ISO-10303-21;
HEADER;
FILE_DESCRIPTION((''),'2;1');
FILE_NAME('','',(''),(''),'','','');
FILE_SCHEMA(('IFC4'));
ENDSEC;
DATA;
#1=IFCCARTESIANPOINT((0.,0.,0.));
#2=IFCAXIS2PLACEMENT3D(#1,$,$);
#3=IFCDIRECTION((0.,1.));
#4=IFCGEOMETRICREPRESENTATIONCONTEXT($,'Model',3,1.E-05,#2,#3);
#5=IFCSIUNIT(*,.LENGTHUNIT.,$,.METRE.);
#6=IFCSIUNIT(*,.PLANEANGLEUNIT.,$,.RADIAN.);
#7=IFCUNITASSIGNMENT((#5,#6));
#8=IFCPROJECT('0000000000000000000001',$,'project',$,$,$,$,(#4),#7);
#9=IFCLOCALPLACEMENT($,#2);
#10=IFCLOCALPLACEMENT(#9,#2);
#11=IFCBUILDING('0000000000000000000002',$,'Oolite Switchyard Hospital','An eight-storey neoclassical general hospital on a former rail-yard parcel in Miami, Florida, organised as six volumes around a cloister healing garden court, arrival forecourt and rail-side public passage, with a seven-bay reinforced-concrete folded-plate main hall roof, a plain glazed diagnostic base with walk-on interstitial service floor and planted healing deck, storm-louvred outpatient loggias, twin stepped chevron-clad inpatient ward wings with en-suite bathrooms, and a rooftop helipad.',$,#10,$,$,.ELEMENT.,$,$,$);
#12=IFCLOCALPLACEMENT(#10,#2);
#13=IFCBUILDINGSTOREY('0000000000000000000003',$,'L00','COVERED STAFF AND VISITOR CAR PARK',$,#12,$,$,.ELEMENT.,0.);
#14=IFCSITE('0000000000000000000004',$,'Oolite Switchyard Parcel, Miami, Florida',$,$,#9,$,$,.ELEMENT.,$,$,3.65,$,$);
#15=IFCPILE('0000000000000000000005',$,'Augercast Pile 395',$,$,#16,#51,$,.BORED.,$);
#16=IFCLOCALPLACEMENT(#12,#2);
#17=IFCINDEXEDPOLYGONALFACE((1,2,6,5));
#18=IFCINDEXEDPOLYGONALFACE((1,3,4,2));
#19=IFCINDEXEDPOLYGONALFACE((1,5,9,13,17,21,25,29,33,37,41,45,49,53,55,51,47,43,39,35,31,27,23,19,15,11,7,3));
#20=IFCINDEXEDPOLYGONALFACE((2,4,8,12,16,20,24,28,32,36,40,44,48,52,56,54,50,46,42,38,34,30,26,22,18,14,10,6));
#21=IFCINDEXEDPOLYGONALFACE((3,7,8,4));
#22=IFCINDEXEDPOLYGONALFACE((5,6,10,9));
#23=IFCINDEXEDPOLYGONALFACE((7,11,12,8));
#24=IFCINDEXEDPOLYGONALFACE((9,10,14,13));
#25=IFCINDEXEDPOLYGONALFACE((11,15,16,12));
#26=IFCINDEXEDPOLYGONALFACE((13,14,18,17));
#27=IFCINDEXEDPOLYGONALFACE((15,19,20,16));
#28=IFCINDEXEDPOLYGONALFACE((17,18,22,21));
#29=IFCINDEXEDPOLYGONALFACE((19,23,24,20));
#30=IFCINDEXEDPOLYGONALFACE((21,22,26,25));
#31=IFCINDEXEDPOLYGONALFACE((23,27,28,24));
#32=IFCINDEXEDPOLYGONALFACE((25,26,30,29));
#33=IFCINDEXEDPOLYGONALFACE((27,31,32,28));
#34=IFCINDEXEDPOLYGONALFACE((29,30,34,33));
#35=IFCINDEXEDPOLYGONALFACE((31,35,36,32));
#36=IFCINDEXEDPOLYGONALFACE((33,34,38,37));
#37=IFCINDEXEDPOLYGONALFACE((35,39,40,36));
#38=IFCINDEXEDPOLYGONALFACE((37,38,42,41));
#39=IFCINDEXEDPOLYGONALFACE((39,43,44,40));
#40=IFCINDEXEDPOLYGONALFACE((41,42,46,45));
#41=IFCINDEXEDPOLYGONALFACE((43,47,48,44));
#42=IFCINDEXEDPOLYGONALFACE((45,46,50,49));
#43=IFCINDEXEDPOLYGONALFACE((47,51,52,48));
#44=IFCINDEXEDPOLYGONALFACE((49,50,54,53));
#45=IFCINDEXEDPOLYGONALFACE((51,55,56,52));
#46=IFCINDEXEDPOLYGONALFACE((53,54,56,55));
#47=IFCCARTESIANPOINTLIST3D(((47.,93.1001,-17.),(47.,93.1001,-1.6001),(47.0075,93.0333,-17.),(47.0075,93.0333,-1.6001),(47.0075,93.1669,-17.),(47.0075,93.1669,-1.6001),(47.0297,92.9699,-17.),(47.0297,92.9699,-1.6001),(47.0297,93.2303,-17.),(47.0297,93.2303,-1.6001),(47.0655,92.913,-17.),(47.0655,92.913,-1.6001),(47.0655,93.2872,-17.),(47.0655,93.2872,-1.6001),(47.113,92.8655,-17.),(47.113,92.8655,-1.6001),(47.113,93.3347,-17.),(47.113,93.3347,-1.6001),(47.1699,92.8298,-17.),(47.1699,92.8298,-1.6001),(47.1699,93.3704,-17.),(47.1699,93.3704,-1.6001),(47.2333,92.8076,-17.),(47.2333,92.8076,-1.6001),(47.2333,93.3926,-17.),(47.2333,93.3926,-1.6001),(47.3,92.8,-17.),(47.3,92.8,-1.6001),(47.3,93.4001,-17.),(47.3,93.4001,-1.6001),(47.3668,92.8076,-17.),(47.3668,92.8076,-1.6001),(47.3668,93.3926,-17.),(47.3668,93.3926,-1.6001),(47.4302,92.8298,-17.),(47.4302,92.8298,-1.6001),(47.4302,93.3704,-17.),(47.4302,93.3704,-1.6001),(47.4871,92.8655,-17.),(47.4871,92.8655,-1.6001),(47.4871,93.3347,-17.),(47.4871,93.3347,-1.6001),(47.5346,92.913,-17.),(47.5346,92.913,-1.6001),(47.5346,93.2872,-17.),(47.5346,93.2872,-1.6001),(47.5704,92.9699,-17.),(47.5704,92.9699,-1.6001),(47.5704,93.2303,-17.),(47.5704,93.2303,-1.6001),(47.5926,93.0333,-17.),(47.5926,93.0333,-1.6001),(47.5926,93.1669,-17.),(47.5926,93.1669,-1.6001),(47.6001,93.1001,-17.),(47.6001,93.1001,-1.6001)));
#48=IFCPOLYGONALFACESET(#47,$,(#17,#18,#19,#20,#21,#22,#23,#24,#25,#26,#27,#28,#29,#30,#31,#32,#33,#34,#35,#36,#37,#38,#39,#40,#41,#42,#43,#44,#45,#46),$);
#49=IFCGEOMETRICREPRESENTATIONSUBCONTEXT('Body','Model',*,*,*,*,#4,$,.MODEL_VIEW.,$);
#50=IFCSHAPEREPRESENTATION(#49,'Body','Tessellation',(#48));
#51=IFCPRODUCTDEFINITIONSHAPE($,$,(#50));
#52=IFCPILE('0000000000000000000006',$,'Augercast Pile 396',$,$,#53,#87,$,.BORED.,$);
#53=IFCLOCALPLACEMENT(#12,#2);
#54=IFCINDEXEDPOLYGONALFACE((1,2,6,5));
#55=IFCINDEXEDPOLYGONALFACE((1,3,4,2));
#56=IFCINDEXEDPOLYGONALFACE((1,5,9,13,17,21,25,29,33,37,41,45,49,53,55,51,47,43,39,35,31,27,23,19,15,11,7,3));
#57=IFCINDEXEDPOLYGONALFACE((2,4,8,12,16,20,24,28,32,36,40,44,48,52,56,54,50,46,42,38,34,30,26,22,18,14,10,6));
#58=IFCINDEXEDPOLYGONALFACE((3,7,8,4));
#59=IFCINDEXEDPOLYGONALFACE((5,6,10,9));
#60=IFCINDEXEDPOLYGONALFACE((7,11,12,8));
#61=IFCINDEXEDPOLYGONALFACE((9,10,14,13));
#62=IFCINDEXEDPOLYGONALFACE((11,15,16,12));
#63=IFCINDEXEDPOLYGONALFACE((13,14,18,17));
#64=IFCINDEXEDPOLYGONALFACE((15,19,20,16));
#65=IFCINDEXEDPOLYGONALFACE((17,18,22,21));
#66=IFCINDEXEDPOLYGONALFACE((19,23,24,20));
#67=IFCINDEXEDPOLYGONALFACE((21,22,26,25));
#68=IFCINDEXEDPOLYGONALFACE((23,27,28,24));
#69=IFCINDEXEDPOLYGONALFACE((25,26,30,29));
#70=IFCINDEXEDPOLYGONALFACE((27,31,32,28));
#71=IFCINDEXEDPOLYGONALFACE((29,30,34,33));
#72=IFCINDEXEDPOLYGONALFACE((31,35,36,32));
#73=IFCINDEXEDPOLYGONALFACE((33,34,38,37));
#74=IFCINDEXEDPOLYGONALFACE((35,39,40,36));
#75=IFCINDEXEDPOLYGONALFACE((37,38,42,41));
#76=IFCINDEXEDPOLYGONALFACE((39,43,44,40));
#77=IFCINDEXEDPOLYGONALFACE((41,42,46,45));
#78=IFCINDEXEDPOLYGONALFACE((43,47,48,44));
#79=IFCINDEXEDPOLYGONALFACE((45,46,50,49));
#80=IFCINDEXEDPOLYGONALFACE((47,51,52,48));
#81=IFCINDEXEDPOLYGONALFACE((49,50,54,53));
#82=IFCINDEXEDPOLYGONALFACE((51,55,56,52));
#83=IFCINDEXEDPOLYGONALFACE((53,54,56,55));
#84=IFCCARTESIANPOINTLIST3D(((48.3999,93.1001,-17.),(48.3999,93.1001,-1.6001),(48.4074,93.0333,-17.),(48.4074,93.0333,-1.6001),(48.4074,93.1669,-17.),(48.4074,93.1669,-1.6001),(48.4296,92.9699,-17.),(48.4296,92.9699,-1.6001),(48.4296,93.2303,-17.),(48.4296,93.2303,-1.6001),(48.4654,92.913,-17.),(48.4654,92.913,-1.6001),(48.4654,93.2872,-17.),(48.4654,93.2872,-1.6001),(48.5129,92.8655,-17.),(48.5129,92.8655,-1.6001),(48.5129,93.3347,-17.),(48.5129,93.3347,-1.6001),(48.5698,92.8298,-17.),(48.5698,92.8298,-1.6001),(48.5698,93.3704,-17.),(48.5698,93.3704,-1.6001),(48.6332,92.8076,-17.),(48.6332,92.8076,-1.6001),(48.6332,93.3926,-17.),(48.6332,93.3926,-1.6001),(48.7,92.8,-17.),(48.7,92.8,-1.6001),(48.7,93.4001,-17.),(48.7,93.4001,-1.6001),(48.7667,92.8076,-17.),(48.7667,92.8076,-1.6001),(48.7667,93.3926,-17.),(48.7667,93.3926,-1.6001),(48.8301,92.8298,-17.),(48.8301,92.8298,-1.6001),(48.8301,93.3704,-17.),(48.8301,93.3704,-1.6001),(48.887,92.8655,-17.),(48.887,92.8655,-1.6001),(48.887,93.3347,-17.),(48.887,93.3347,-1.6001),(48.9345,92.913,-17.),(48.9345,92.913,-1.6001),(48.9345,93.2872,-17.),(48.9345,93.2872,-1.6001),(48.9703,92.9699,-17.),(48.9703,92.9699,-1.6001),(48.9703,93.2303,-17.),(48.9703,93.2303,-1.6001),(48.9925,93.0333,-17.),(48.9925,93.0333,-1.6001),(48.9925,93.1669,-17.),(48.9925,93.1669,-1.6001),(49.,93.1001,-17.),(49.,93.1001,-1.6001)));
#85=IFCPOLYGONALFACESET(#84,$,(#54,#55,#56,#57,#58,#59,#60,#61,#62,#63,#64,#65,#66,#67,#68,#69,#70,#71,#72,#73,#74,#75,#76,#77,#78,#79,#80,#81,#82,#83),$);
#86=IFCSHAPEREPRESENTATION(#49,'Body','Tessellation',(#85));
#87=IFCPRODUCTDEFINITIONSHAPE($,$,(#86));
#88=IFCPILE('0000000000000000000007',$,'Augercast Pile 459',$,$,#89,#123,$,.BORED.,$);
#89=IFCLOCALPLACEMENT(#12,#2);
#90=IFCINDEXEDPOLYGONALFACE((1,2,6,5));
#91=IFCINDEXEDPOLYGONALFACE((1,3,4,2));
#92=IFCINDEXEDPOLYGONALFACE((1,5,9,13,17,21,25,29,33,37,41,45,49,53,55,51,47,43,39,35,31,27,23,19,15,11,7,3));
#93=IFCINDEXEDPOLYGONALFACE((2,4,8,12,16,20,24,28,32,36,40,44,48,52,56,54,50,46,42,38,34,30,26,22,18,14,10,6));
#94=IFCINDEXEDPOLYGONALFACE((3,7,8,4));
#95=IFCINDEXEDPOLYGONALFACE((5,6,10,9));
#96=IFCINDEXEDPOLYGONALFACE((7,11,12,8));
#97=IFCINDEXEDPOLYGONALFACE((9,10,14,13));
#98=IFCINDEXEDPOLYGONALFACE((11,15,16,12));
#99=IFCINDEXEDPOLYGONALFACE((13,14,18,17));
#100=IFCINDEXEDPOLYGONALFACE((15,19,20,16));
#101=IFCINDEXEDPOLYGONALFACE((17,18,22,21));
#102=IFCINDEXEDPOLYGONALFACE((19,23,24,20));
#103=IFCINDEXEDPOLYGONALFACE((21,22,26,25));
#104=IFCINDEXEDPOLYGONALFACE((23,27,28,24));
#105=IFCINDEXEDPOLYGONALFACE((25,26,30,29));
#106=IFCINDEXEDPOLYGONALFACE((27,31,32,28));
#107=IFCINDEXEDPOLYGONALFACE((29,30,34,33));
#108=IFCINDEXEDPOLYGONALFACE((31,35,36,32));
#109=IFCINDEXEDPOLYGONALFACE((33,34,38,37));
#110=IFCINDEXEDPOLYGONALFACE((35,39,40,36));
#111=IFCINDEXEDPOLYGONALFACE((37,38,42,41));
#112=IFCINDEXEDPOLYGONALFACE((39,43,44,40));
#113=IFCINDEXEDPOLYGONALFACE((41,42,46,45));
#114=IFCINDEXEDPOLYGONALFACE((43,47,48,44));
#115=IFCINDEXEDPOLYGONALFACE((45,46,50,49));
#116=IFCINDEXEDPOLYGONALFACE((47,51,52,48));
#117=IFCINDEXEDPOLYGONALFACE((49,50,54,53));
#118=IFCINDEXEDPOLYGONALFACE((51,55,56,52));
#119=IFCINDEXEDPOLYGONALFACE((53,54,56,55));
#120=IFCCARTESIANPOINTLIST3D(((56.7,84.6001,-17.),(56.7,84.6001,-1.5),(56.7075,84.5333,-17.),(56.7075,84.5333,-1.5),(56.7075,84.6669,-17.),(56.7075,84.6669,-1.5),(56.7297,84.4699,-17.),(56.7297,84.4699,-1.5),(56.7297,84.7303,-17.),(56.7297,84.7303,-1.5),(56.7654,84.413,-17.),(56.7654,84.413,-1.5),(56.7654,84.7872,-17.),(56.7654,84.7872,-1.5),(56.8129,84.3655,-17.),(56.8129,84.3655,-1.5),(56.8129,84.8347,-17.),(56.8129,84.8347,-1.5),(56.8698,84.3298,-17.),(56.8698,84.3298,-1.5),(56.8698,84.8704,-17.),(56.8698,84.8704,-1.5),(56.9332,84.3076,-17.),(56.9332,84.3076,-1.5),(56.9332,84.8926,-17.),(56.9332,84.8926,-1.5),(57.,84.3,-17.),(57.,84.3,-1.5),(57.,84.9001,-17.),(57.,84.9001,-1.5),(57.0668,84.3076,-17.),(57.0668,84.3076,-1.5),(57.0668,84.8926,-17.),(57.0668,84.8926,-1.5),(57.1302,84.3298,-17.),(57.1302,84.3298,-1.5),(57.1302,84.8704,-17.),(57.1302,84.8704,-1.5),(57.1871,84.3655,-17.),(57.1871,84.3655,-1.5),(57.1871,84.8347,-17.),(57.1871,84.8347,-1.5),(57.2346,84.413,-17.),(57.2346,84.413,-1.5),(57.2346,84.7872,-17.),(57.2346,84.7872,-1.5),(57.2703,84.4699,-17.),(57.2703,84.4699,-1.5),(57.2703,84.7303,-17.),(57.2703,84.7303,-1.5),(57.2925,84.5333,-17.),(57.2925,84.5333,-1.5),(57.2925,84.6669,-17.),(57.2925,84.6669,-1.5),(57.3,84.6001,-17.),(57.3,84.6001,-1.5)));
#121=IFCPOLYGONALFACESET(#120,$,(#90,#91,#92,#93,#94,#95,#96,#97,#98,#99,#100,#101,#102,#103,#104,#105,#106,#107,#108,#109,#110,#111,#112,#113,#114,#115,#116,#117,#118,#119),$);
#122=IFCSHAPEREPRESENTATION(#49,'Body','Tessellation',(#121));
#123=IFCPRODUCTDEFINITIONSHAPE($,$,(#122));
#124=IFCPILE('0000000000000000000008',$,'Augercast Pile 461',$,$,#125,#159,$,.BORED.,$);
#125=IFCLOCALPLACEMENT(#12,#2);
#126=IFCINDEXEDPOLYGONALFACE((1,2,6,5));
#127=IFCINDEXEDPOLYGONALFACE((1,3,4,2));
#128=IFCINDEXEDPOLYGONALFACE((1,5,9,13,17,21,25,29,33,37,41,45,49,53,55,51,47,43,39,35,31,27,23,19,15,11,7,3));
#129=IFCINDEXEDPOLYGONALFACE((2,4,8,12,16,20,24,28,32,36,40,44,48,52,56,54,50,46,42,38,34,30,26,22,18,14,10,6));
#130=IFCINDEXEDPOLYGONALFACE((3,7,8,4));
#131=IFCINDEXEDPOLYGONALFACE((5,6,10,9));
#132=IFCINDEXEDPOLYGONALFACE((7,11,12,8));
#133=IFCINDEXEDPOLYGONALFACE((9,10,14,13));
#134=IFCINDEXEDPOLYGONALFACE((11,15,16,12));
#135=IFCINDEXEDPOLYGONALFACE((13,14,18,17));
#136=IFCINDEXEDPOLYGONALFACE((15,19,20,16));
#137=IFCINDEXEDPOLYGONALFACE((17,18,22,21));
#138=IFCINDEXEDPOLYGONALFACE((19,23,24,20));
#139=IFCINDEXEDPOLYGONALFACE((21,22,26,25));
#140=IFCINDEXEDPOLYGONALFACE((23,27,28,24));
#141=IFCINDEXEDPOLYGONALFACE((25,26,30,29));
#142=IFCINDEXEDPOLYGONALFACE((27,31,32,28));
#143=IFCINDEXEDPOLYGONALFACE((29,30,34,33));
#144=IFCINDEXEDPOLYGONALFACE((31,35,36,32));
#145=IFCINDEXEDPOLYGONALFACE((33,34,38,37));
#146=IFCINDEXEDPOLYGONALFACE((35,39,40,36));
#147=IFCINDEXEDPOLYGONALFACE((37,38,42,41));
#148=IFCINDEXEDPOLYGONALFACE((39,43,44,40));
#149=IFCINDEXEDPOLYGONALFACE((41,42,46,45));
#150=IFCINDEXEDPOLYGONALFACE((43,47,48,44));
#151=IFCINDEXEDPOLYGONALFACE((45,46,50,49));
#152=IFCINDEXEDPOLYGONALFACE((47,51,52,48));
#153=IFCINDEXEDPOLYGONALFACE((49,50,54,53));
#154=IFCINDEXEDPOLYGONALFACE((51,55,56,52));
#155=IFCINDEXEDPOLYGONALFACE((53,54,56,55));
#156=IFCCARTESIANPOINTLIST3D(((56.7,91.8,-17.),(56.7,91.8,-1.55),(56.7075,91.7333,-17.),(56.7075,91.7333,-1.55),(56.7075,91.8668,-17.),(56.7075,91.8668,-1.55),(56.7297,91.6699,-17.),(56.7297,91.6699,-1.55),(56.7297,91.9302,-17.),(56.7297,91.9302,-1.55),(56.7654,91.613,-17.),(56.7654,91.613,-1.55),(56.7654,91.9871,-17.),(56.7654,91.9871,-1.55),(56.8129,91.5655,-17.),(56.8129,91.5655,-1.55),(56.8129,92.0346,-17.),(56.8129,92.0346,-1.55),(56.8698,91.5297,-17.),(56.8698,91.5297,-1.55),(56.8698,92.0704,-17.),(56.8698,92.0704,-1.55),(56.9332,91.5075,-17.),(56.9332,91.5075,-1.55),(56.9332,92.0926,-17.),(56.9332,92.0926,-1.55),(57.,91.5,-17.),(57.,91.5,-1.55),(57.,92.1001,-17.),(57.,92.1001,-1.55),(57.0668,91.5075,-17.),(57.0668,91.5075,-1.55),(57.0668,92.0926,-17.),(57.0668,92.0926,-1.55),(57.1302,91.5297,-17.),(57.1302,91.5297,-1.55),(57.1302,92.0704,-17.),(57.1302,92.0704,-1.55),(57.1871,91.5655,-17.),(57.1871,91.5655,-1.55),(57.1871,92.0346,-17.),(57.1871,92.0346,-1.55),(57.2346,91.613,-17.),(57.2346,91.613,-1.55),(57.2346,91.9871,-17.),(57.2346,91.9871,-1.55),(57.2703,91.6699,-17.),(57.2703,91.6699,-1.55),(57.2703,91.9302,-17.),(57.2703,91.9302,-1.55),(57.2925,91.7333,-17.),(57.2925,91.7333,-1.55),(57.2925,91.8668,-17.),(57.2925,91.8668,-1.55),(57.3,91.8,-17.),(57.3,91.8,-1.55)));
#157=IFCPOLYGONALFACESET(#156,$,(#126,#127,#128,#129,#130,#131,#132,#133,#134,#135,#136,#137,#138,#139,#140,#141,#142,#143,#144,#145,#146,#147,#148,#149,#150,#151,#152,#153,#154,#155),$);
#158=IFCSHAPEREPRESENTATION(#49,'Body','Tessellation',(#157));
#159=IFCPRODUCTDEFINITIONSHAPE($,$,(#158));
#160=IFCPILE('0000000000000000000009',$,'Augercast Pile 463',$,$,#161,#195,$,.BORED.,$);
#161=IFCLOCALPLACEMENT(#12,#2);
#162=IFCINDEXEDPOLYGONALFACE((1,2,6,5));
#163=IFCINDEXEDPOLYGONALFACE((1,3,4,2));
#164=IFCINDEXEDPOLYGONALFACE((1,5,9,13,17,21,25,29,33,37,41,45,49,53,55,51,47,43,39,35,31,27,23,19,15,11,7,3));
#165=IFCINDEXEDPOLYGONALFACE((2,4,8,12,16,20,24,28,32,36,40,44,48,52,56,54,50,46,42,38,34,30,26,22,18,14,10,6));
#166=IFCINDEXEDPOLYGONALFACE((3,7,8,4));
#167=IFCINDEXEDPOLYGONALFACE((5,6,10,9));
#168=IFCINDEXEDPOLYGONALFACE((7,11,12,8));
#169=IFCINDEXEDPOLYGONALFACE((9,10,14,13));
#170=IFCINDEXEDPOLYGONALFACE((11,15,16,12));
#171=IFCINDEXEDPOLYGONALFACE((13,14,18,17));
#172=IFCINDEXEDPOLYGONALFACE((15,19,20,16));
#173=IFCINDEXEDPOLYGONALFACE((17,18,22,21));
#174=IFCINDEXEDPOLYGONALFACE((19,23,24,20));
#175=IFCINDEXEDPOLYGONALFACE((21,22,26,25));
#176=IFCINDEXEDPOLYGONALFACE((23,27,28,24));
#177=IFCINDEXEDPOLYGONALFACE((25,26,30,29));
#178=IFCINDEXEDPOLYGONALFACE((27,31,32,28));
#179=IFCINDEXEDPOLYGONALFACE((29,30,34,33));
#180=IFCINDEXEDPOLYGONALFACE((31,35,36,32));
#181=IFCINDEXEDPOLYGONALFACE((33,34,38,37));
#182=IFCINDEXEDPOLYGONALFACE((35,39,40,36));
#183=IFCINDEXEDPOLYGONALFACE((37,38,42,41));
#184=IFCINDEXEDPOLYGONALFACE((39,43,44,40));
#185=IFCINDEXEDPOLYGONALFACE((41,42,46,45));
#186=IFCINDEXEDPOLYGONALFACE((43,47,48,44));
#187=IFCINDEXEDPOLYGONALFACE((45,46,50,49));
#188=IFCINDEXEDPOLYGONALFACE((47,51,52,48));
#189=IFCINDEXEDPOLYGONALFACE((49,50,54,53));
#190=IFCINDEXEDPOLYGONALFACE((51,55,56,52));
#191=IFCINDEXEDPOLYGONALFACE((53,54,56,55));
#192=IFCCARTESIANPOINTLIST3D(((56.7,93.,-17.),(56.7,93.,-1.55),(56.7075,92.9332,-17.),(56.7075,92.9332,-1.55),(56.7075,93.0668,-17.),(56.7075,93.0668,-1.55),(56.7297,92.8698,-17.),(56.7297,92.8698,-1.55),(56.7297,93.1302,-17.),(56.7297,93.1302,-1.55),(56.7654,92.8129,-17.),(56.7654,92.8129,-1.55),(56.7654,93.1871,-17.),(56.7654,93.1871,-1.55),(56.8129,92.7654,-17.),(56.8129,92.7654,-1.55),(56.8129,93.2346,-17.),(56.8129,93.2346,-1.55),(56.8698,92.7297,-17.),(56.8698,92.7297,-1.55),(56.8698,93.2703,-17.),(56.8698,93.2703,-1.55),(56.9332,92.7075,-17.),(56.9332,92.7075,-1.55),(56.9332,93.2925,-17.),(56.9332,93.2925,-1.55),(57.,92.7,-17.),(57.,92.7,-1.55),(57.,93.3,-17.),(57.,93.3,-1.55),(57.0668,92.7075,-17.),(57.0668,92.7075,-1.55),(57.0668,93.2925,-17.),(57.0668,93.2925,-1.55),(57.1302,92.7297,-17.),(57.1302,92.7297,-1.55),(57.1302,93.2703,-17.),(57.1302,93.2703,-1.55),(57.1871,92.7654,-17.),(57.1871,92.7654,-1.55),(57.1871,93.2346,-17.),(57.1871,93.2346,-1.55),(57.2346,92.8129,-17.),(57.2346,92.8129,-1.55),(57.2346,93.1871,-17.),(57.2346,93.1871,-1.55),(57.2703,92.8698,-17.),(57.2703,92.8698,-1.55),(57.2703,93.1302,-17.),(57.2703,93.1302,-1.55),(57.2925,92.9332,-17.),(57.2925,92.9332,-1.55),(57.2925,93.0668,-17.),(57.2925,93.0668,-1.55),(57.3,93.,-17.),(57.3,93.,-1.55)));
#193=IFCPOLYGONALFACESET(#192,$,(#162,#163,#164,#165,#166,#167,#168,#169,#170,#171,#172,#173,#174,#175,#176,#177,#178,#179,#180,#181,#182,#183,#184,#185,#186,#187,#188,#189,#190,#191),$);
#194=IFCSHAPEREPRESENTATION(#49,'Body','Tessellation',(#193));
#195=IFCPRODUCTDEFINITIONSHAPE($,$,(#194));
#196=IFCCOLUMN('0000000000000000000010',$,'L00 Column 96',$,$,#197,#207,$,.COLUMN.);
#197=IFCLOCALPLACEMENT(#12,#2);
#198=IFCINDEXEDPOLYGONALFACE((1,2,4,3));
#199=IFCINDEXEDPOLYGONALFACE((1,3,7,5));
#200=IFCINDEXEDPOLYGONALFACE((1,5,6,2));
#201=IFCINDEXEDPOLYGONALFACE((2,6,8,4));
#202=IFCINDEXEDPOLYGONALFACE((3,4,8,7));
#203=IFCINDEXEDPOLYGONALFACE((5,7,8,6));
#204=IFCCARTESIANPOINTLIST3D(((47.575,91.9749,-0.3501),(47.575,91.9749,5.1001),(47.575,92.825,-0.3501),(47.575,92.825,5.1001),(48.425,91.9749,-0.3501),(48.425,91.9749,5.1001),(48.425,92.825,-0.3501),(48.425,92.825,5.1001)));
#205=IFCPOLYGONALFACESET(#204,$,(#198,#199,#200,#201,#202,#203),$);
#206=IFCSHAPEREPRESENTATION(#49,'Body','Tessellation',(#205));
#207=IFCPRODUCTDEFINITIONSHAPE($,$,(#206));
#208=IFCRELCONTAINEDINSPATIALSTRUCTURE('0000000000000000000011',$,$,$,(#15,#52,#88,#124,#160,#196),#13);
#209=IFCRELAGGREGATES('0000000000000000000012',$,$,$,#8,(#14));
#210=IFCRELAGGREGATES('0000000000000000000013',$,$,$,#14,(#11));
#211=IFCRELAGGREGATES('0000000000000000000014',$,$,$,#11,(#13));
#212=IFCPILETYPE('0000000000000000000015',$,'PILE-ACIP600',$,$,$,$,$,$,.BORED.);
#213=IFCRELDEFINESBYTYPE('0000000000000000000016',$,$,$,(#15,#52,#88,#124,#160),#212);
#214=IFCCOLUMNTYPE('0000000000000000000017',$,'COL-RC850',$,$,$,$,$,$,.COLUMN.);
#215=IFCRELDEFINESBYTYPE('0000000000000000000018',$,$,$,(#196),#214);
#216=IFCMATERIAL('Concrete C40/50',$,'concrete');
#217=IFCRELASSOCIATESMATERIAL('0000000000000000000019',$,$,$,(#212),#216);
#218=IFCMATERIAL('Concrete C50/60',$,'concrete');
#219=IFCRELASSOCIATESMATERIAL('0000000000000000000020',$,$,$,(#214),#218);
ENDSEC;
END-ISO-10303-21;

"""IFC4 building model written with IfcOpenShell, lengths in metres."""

from ifc_helpers import new_model, si_unit, direction, frame, origin, origin_2d, place, context, subcontext, project, spatial, rectangle, circle, extrude, material, material_profile, profile_set, type_object, element, save


model = new_model("IFC4")

# Units and contexts
model_context = context("Model", 3, precision=1e-05, world=origin(), true_north=direction((0.0, 1.0)))
body_context = subcontext(model_context, "Body", "Model", "MODEL_VIEW")
ifc_project = project(units=[si_unit("LENGTHUNIT", "METRE"), si_unit("PLANEANGLEUNIT", "RADIAN")], contexts=[model_context])

# Site, building, storey
site_placement = place(None, origin())
site = spatial("IfcSite", under=ifc_project, at=site_placement, Name="Oolite Switchyard Parcel, Miami, Florida", CompositionType="ELEMENT", RefElevation=3.65)
building_placement = place(site_placement, origin())
building = spatial("IfcBuilding", under=site, at=building_placement, Name="Oolite Switchyard Hospital", Description="An eight-storey neoclassical general hospital on a former rail-yard parcel in Miami, Florida, organised as six volumes around a cloister healing garden court, arrival forecourt and rail-side public passage, with a seven-bay reinforced-concrete folded-plate main hall roof, a plain glazed diagnostic base with walk-on interstitial service floor and planted healing deck, storm-louvred outpatient loggias, twin stepped chevron-clad inpatient ward wings with en-suite bathrooms, and a rooftop helipad.", CompositionType="ELEMENT")
storey_placement = place(building_placement, origin())
storey = spatial("IfcBuildingStorey", under=building, at=storey_placement, Name="L00", Description="COVERED STAFF AND VISITOR CAR PARK", CompositionType="ELEMENT", Elevation=0.0)

# Shared definitions
ifc_material_1 = material(Name="Concrete C40/50", Category="concrete")

# Piles
ifc_material_profile_1 = material_profile(ifc_material_1, circle(Radius=0.3, at=origin_2d()), Name="PILE600")
ifc_profile_set_1 = profile_set([ifc_material_profile_1], Name="Concrete C40/50")
pile_type = type_object("IfcPileType", Name="PILE-ACIP600", PredefinedType="BORED", material=ifc_profile_set_1)
for number, where, z_axis, x_axis, name in (
    (1, (47.3, 93.1001, -1.6001), (0.0, 0.0, -1.0), (1.0, 0.0, 0.0), "Augercast Pile 395"),
    (2, (48.7, 93.1001, -1.6001), (0.0, 0.0, -1.0), (1.0, 0.0, 0.0), "Augercast Pile 396"),
):
    element("IfcPile", number, at=place(storey_placement, frame(where, z_axis=z_axis, x_axis=x_axis)), inside=storey, type_object=pile_type, Name=name, PredefinedType="BORED", context=body_context, shape_type="SweptSolid", body=[
        extrude(circle(Radius=0.3, at=origin_2d()), origin(), (0.0, 0.0, 1.0), 15.3999),
    ])
pile_placement = place(storey_placement, frame((57.0, 84.6001, -1.5), z_axis=(0.0, 0.0, -1.0), x_axis=(1.0, 0.0, 0.0)))
element("IfcPile", 3, at=pile_placement, inside=storey, type_object=pile_type, Name="Augercast Pile 459", PredefinedType="BORED", context=body_context, shape_type="SweptSolid", body=[
    extrude(circle(Radius=0.3, at=origin_2d()), origin(), (0.0, 0.0, 1.0), 15.5),
])
for number, where, z_axis, x_axis, name in (
    (4, (57.0, 91.8, -1.55), (0.0, 0.0, -1.0), (1.0, 0.0, 0.0), "Augercast Pile 461"),
    (5, (57.0, 93.0, -1.55), (0.0, 0.0, -1.0), (1.0, 0.0, 0.0), "Augercast Pile 463"),
):
    element("IfcPile", number, at=place(storey_placement, frame(where, z_axis=z_axis, x_axis=x_axis)), inside=storey, type_object=pile_type, Name=name, PredefinedType="BORED", context=body_context, shape_type="SweptSolid", body=[
        extrude(circle(Radius=0.3, at=origin_2d()), origin(), (0.0, 0.0, 1.0), 15.45),
    ])

# Column
ifc_material_2 = material(Name="Concrete C50/60", Category="concrete")
ifc_material_profile_2 = material_profile(ifc_material_2, rectangle(XDim=0.8501, YDim=0.8501, at=origin_2d()), Name="RC850X850")
ifc_profile_set_2 = profile_set([ifc_material_profile_2], Name="Concrete C50/60")
column_type = type_object("IfcColumnType", Name="COL-RC850", PredefinedType="COLUMN", material=ifc_profile_set_2)
column_placement = place(storey_placement, frame((48.0, 92.3999, -0.3501), z_axis=(0.0, 0.0, 1.0), x_axis=(1.0, 0.0, 0.0)))
element("IfcColumn", 6, at=column_placement, inside=storey, type_object=column_type, Name="L00 Column 96", PredefinedType="COLUMN", context=body_context, shape_type="SweptSolid", body=[
    extrude(rectangle(XDim=0.8501, YDim=0.8501, at=origin_2d()), origin(), (0.0, 0.0, 1.0), 5.4502),
])

save(model, "model.ifc")
